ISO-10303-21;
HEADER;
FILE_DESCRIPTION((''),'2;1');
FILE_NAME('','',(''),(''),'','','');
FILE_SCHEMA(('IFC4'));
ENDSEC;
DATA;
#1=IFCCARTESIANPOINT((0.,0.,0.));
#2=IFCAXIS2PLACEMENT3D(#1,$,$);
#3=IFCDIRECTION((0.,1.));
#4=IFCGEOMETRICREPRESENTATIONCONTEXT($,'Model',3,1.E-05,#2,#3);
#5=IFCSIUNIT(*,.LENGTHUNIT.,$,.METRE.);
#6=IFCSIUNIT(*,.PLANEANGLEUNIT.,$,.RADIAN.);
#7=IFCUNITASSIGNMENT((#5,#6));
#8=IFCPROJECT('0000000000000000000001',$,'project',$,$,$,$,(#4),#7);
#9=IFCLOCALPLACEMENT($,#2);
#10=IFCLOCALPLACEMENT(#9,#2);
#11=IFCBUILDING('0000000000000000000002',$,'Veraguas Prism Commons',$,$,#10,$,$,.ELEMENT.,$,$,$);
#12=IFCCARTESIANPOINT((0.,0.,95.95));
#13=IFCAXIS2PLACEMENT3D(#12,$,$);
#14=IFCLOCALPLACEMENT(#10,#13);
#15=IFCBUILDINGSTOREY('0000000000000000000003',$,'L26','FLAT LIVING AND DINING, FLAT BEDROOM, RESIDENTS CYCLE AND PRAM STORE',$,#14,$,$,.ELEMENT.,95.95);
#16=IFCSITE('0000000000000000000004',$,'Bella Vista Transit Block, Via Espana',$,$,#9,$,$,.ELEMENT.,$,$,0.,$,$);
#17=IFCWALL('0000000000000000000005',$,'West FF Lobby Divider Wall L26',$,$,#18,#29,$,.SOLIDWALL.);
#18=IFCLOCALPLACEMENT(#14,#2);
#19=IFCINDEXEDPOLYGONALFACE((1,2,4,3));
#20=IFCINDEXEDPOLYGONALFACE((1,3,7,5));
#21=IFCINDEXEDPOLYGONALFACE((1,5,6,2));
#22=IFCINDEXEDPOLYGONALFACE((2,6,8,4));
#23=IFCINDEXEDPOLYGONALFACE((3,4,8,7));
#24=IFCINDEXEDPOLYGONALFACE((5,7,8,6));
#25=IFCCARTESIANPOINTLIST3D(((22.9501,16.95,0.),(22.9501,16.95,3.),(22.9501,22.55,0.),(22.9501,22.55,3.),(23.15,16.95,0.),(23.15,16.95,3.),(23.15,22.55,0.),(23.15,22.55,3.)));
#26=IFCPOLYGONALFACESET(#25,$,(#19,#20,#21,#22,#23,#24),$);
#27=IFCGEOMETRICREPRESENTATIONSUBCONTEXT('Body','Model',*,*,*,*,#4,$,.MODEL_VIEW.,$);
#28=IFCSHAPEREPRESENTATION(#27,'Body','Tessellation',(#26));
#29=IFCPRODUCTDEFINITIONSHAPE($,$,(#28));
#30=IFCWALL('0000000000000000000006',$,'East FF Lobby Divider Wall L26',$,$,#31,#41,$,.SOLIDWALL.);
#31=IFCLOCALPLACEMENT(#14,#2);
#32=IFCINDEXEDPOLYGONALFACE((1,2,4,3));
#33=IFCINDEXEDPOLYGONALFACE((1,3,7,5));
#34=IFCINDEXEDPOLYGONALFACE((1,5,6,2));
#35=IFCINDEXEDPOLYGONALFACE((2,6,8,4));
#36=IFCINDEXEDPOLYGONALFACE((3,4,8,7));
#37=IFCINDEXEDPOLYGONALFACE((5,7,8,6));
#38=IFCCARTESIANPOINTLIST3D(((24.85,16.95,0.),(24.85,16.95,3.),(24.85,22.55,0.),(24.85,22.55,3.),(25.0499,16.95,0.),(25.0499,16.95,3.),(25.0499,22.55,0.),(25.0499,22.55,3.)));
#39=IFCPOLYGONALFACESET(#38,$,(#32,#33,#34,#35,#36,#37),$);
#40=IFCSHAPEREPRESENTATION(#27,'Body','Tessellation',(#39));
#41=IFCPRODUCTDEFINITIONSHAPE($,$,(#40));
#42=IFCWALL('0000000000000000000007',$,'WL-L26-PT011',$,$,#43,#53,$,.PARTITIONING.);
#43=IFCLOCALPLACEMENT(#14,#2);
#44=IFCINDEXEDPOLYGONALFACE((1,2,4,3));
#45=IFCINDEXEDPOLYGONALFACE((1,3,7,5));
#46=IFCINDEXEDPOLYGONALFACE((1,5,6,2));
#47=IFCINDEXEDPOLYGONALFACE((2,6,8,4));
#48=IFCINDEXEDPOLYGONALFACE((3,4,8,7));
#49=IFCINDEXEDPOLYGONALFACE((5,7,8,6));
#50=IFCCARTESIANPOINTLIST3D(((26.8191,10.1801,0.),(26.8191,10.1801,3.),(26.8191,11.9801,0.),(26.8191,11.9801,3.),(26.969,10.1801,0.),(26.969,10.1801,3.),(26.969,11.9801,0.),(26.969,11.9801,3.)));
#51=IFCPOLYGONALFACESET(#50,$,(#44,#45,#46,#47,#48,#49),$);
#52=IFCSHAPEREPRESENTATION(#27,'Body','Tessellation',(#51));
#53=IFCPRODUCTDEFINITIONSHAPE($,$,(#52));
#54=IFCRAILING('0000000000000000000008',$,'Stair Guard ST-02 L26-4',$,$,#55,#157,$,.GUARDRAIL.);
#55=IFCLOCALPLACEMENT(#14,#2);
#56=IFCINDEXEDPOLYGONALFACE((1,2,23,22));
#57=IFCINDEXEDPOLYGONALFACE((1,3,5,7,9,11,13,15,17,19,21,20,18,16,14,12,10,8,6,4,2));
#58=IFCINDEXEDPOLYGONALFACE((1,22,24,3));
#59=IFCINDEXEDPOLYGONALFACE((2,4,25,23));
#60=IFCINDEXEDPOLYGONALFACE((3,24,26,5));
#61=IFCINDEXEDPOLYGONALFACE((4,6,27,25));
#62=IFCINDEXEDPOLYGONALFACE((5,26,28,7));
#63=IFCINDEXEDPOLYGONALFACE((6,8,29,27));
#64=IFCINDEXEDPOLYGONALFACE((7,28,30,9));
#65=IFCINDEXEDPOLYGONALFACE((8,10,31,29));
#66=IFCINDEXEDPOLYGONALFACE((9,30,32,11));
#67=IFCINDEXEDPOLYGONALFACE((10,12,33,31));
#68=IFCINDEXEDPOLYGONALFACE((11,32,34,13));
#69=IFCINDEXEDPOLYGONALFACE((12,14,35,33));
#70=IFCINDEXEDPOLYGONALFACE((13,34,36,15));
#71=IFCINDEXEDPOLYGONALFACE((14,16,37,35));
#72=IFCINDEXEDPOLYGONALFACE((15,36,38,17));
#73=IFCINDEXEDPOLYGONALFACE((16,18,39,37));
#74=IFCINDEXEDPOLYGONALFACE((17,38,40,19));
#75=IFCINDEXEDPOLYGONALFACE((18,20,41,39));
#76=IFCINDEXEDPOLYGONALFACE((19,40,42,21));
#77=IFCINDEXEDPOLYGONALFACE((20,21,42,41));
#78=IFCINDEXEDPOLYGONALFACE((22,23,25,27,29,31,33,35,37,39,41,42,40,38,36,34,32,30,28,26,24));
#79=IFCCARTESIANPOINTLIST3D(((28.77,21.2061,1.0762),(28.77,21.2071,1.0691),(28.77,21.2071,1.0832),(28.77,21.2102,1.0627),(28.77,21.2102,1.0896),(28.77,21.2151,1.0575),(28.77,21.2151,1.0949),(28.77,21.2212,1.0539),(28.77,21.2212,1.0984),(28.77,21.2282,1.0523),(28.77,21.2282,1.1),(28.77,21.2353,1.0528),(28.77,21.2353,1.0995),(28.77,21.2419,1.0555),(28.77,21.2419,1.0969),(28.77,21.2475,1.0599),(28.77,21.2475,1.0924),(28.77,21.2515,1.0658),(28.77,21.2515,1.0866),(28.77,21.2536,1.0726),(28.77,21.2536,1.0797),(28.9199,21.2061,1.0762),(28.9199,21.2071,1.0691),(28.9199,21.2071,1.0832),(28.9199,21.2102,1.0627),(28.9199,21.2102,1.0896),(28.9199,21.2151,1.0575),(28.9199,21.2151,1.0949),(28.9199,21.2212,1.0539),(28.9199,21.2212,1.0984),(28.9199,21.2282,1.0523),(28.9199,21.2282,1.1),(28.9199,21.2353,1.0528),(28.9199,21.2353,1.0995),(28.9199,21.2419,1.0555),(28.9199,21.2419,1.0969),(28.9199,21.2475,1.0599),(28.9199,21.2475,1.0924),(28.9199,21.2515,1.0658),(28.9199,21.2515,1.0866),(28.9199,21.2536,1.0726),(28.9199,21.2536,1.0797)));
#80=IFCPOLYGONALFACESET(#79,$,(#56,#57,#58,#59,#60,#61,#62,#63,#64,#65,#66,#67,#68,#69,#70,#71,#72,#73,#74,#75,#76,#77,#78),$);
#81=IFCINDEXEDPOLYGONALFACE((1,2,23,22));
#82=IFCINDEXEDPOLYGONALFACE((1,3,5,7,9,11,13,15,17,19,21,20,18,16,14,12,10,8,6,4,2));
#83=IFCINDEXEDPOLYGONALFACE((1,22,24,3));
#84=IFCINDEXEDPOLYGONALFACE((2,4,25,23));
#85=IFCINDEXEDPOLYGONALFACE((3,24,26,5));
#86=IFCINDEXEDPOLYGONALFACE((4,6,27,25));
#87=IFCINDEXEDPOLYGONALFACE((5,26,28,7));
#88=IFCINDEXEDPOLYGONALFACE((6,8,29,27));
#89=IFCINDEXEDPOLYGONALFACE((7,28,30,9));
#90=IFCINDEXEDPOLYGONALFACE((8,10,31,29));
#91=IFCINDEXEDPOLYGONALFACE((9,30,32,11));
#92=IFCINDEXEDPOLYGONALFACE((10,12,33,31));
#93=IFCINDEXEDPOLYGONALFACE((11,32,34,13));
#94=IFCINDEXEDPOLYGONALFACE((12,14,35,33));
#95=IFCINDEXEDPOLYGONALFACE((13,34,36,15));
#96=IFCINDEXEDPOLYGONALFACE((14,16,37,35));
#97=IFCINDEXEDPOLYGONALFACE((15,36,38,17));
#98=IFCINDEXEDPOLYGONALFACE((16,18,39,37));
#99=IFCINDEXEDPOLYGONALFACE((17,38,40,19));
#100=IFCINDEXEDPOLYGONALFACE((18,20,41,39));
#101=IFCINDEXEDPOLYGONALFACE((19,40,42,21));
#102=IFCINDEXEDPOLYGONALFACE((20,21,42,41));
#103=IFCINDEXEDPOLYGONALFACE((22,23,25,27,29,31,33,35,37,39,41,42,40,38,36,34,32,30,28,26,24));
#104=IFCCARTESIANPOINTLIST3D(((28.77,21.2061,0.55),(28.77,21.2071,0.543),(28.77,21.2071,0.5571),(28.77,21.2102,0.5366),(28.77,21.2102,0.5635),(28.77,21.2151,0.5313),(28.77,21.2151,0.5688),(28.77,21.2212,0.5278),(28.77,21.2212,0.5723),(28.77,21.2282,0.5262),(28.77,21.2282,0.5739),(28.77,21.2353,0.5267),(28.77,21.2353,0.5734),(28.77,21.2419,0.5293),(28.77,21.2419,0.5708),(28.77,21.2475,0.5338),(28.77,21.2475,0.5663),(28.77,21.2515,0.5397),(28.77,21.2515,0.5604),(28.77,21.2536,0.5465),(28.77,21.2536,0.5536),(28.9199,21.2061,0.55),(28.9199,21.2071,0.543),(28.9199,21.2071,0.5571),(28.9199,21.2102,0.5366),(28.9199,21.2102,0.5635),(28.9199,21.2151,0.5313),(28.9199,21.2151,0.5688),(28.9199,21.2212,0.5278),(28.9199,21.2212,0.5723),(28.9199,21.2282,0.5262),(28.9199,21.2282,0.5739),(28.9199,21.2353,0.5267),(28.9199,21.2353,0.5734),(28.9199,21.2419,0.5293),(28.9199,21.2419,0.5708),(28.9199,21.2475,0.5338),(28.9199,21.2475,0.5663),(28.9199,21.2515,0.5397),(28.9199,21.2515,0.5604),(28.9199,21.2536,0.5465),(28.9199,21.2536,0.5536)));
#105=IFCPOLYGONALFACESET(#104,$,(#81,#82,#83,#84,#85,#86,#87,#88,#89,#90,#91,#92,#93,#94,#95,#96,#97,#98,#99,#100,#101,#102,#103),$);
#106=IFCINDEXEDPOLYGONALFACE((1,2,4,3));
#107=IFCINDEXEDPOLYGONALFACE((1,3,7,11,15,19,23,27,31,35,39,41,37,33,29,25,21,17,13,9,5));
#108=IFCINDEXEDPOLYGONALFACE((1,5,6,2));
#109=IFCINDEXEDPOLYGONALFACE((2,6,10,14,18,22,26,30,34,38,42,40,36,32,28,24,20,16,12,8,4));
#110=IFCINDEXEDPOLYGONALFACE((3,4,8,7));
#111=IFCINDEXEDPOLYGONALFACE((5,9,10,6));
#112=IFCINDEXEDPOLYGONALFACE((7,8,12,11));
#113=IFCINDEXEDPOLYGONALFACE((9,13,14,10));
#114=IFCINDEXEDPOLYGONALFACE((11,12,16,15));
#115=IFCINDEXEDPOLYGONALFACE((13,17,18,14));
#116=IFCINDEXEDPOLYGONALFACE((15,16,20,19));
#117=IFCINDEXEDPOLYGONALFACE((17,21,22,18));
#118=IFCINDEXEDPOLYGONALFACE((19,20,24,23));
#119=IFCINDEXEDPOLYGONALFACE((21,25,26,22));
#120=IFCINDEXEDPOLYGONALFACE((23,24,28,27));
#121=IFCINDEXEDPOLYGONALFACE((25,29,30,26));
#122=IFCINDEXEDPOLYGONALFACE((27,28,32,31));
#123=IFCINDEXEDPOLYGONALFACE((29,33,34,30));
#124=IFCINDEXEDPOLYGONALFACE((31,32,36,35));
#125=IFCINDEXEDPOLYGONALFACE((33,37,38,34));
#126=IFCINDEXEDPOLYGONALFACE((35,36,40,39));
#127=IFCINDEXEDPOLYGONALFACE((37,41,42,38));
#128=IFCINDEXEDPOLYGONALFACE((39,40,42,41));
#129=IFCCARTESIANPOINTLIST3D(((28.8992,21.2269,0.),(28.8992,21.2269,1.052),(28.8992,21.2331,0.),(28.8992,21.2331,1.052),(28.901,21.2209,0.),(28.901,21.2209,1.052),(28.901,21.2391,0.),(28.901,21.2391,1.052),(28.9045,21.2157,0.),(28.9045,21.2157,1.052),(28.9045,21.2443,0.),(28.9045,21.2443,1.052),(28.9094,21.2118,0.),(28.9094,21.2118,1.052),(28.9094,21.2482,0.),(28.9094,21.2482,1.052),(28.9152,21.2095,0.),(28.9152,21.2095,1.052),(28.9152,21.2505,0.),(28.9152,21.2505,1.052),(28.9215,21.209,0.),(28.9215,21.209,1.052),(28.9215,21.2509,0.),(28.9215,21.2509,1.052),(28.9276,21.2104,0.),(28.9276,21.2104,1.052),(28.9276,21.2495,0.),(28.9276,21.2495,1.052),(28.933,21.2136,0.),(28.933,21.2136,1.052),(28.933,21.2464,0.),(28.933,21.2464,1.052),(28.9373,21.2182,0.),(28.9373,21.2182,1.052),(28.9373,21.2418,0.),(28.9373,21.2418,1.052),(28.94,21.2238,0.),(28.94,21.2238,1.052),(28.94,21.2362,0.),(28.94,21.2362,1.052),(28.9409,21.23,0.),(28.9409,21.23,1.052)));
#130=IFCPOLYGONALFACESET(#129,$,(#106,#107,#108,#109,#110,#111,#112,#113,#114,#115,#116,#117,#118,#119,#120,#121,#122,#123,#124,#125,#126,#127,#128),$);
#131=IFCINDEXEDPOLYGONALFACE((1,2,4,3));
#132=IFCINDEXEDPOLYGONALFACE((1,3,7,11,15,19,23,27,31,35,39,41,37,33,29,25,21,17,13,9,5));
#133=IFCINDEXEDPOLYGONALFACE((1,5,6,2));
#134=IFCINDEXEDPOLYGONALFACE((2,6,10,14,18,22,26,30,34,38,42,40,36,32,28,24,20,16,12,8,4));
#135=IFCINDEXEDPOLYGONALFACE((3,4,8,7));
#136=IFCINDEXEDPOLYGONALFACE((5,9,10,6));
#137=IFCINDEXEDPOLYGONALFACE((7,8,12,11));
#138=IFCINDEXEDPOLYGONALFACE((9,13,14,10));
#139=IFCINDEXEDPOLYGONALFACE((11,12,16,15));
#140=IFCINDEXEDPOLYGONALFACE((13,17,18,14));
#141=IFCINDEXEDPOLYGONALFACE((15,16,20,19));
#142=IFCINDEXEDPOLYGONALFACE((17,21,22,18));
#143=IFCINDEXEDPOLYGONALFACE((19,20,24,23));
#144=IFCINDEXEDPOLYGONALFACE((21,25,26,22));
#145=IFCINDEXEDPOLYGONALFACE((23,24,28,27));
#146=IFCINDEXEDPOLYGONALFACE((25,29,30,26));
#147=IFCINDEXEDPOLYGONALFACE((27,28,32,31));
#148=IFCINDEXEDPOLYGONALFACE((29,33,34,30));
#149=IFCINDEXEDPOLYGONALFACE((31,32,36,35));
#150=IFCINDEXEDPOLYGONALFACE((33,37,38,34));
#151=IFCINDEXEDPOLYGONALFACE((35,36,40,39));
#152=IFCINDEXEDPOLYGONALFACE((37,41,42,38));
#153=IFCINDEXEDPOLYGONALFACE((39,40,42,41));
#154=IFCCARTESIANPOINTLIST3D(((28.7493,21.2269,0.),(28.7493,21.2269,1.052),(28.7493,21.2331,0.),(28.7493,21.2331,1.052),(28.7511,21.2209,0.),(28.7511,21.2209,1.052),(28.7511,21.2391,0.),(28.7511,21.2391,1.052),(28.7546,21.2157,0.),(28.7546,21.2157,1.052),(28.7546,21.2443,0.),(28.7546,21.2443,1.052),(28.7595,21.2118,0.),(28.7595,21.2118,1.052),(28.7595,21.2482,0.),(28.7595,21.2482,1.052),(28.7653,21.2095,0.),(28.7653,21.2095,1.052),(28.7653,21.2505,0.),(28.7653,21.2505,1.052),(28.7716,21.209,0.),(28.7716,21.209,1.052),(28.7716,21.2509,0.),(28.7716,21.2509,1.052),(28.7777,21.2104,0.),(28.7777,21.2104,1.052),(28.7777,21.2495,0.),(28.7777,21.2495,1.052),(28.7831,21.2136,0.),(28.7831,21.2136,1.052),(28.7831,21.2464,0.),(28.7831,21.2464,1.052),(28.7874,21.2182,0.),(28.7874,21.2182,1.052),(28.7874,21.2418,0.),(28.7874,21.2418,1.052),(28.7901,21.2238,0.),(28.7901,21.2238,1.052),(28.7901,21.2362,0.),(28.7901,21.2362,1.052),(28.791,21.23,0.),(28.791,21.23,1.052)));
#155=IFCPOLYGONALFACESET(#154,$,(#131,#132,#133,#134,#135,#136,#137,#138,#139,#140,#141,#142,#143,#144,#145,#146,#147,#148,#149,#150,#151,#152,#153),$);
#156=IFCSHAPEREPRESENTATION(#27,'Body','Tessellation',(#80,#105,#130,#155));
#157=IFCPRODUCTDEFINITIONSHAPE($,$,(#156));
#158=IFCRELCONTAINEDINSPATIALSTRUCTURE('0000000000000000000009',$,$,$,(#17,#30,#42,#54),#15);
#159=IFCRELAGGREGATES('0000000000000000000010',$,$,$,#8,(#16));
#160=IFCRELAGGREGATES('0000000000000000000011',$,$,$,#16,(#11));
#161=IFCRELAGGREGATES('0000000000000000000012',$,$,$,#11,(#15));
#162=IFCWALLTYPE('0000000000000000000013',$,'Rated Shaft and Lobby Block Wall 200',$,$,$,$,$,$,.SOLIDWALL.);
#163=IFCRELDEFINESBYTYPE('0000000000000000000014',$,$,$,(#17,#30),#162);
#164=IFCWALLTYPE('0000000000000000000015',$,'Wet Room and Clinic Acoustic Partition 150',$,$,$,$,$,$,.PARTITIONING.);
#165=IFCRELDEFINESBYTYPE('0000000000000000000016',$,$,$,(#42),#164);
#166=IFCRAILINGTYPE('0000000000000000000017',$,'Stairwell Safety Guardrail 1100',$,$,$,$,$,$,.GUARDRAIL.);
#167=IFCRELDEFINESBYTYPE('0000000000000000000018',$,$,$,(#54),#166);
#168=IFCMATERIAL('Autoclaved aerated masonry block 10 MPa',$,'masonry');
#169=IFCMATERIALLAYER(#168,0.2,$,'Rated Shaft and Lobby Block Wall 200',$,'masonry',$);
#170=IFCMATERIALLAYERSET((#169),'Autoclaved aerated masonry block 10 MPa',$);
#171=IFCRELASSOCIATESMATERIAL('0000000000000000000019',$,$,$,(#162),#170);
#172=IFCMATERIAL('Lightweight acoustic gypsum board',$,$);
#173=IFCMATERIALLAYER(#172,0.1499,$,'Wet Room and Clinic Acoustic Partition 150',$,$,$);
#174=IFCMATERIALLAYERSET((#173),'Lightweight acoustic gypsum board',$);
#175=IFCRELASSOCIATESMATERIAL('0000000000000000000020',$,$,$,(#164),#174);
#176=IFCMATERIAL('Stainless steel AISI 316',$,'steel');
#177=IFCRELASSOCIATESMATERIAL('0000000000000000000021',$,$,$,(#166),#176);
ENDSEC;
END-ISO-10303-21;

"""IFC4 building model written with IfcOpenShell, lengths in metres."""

from ifc_helpers import new_model, si_unit, direction, frame, frame_2d, origin, origin_2d, place, context, subcontext, project, spatial, rectangle, circle, extrude, material, layer, layer_set, type_object, element, save


model = new_model("IFC4")

# Units and contexts
model_context = context("Model", 3, precision=1e-05, world=origin(), true_north=direction((0.0, 1.0)))
body_context = subcontext(model_context, "Body", "Model", "MODEL_VIEW")
ifc_project = project(units=[si_unit("LENGTHUNIT", "METRE"), si_unit("PLANEANGLEUNIT", "RADIAN")], contexts=[model_context])

# Site, building, storey
site_placement = place(None, origin())
site = spatial("IfcSite", under=ifc_project, at=site_placement, Name="Bella Vista Transit Block, Via Espana", CompositionType="ELEMENT", RefElevation=0.0)
building_placement = place(site_placement, origin())
building = spatial("IfcBuilding", under=site, at=building_placement, Name="Veraguas Prism Commons", CompositionType="ELEMENT")
storey_placement = place(building_placement, frame((0.0, 0.0, 95.95)))
storey = spatial("IfcBuildingStorey", under=building, at=storey_placement, Name="L26", Description="FLAT LIVING AND DINING, FLAT BEDROOM, RESIDENTS CYCLE AND PRAM STORE", CompositionType="ELEMENT", Elevation=95.95)

# Shared definitions
ifc_material_1 = material(Name="Autoclaved aerated masonry block 10 MPa", Category="masonry")

# Shared definitions
ifc_material_2 = material(Name="Lightweight acoustic gypsum board")
ifc_layer_1 = layer(ifc_material_1, 0.2, Name="Rated Shaft and Lobby Block Wall 200", Category="masonry")
ifc_layer_set_1 = layer_set([ifc_layer_1], Name="Autoclaved aerated masonry block 10 MPa")
wall_type_1 = type_object("IfcWallType", Name="Rated Shaft and Lobby Block Wall 200", PredefinedType="SOLIDWALL", material=ifc_layer_set_1)
ifc_material_3 = material(Name="Stainless steel AISI 316", Category="steel")

# Walls
for number, where, z_axis, x_axis, name in (
    (1, (23.05, 16.95, 0.0), (0.0, 0.0, 1.0), (0.0, 1.0, 0.0), "West FF Lobby Divider Wall L26"),
    (2, (24.95, 16.95, 0.0), (0.0, 0.0, 1.0), (0.0, 1.0, 0.0), "East FF Lobby Divider Wall L26"),
):
    element("IfcWall", number, at=place(storey_placement, frame(where, z_axis=z_axis, x_axis=x_axis)), inside=storey, type_object=wall_type_1, Name=name, PredefinedType="SOLIDWALL", context=body_context, shape_type="SweptSolid", body=[
        extrude(rectangle(XDim=5.6001, YDim=0.2, at=frame_2d((2.8, 0.0))), origin(), (0.0, 0.0, 1.0), 3.0),
    ])
ifc_layer_2 = layer(ifc_material_2, 0.1499, Name="Wet Room and Clinic Acoustic Partition 150")
ifc_layer_set_2 = layer_set([ifc_layer_2], Name="Lightweight acoustic gypsum board")
wall_type_2 = type_object("IfcWallType", Name="Wet Room and Clinic Acoustic Partition 150", PredefinedType="PARTITIONING", material=ifc_layer_set_2)
wall_1_placement = place(storey_placement, frame((26.894, 11.98, 0.0), z_axis=(0.0, 0.0, 1.0), x_axis=(0.0, -1.0, 0.0)))
element("IfcWall", 3, at=wall_1_placement, inside=storey, type_object=wall_type_2, Name="WL-L26-PT011", PredefinedType="PARTITIONING", context=body_context, shape_type="SweptSolid", body=[
    extrude(rectangle(XDim=1.8, YDim=0.1499, at=frame_2d((0.8999, 0.0))), origin(), (0.0, 0.0, 1.0), 3.0),
])

# Railing
railing_type = type_object("IfcRailingType", Name="Stairwell Safety Guardrail 1100", PredefinedType="GUARDRAIL", material=ifc_material_3)
railing_placement = place(storey_placement, frame((28.9199, 21.23, 0.0)))
element("IfcRailing", 4, at=railing_placement, inside=storey, type_object=railing_type, Name="Stair Guard ST-02 L26-4", PredefinedType="GUARDRAIL", context=body_context, shape_type="SweptSolid", body=[
    extrude(circle(Radius=0.0239, at=origin_2d()), frame((0.0, 0.0, 1.0762), z_axis=(-1.0, 0.0, 0.0), x_axis=(0.0, -1.0, 0.0)), (0.0, 0.0, 1.0), 0.1499),
    extrude(circle(Radius=0.0239, at=origin_2d()), frame((0.0, 0.0, 0.55), z_axis=(-1.0, 0.0, 0.0), x_axis=(0.0, -1.0, 0.0)), (0.0, 0.0, 1.0), 0.1499),
    extrude(circle(Radius=0.021, at=origin_2d()), origin(), (0.0, 0.0, 1.0), 1.052),
    extrude(circle(Radius=0.021, at=origin_2d()), frame((-0.1499, 0.0, 0.0)), (0.0, 0.0, 1.0), 1.052),
])

save(model, "model.ifc")
